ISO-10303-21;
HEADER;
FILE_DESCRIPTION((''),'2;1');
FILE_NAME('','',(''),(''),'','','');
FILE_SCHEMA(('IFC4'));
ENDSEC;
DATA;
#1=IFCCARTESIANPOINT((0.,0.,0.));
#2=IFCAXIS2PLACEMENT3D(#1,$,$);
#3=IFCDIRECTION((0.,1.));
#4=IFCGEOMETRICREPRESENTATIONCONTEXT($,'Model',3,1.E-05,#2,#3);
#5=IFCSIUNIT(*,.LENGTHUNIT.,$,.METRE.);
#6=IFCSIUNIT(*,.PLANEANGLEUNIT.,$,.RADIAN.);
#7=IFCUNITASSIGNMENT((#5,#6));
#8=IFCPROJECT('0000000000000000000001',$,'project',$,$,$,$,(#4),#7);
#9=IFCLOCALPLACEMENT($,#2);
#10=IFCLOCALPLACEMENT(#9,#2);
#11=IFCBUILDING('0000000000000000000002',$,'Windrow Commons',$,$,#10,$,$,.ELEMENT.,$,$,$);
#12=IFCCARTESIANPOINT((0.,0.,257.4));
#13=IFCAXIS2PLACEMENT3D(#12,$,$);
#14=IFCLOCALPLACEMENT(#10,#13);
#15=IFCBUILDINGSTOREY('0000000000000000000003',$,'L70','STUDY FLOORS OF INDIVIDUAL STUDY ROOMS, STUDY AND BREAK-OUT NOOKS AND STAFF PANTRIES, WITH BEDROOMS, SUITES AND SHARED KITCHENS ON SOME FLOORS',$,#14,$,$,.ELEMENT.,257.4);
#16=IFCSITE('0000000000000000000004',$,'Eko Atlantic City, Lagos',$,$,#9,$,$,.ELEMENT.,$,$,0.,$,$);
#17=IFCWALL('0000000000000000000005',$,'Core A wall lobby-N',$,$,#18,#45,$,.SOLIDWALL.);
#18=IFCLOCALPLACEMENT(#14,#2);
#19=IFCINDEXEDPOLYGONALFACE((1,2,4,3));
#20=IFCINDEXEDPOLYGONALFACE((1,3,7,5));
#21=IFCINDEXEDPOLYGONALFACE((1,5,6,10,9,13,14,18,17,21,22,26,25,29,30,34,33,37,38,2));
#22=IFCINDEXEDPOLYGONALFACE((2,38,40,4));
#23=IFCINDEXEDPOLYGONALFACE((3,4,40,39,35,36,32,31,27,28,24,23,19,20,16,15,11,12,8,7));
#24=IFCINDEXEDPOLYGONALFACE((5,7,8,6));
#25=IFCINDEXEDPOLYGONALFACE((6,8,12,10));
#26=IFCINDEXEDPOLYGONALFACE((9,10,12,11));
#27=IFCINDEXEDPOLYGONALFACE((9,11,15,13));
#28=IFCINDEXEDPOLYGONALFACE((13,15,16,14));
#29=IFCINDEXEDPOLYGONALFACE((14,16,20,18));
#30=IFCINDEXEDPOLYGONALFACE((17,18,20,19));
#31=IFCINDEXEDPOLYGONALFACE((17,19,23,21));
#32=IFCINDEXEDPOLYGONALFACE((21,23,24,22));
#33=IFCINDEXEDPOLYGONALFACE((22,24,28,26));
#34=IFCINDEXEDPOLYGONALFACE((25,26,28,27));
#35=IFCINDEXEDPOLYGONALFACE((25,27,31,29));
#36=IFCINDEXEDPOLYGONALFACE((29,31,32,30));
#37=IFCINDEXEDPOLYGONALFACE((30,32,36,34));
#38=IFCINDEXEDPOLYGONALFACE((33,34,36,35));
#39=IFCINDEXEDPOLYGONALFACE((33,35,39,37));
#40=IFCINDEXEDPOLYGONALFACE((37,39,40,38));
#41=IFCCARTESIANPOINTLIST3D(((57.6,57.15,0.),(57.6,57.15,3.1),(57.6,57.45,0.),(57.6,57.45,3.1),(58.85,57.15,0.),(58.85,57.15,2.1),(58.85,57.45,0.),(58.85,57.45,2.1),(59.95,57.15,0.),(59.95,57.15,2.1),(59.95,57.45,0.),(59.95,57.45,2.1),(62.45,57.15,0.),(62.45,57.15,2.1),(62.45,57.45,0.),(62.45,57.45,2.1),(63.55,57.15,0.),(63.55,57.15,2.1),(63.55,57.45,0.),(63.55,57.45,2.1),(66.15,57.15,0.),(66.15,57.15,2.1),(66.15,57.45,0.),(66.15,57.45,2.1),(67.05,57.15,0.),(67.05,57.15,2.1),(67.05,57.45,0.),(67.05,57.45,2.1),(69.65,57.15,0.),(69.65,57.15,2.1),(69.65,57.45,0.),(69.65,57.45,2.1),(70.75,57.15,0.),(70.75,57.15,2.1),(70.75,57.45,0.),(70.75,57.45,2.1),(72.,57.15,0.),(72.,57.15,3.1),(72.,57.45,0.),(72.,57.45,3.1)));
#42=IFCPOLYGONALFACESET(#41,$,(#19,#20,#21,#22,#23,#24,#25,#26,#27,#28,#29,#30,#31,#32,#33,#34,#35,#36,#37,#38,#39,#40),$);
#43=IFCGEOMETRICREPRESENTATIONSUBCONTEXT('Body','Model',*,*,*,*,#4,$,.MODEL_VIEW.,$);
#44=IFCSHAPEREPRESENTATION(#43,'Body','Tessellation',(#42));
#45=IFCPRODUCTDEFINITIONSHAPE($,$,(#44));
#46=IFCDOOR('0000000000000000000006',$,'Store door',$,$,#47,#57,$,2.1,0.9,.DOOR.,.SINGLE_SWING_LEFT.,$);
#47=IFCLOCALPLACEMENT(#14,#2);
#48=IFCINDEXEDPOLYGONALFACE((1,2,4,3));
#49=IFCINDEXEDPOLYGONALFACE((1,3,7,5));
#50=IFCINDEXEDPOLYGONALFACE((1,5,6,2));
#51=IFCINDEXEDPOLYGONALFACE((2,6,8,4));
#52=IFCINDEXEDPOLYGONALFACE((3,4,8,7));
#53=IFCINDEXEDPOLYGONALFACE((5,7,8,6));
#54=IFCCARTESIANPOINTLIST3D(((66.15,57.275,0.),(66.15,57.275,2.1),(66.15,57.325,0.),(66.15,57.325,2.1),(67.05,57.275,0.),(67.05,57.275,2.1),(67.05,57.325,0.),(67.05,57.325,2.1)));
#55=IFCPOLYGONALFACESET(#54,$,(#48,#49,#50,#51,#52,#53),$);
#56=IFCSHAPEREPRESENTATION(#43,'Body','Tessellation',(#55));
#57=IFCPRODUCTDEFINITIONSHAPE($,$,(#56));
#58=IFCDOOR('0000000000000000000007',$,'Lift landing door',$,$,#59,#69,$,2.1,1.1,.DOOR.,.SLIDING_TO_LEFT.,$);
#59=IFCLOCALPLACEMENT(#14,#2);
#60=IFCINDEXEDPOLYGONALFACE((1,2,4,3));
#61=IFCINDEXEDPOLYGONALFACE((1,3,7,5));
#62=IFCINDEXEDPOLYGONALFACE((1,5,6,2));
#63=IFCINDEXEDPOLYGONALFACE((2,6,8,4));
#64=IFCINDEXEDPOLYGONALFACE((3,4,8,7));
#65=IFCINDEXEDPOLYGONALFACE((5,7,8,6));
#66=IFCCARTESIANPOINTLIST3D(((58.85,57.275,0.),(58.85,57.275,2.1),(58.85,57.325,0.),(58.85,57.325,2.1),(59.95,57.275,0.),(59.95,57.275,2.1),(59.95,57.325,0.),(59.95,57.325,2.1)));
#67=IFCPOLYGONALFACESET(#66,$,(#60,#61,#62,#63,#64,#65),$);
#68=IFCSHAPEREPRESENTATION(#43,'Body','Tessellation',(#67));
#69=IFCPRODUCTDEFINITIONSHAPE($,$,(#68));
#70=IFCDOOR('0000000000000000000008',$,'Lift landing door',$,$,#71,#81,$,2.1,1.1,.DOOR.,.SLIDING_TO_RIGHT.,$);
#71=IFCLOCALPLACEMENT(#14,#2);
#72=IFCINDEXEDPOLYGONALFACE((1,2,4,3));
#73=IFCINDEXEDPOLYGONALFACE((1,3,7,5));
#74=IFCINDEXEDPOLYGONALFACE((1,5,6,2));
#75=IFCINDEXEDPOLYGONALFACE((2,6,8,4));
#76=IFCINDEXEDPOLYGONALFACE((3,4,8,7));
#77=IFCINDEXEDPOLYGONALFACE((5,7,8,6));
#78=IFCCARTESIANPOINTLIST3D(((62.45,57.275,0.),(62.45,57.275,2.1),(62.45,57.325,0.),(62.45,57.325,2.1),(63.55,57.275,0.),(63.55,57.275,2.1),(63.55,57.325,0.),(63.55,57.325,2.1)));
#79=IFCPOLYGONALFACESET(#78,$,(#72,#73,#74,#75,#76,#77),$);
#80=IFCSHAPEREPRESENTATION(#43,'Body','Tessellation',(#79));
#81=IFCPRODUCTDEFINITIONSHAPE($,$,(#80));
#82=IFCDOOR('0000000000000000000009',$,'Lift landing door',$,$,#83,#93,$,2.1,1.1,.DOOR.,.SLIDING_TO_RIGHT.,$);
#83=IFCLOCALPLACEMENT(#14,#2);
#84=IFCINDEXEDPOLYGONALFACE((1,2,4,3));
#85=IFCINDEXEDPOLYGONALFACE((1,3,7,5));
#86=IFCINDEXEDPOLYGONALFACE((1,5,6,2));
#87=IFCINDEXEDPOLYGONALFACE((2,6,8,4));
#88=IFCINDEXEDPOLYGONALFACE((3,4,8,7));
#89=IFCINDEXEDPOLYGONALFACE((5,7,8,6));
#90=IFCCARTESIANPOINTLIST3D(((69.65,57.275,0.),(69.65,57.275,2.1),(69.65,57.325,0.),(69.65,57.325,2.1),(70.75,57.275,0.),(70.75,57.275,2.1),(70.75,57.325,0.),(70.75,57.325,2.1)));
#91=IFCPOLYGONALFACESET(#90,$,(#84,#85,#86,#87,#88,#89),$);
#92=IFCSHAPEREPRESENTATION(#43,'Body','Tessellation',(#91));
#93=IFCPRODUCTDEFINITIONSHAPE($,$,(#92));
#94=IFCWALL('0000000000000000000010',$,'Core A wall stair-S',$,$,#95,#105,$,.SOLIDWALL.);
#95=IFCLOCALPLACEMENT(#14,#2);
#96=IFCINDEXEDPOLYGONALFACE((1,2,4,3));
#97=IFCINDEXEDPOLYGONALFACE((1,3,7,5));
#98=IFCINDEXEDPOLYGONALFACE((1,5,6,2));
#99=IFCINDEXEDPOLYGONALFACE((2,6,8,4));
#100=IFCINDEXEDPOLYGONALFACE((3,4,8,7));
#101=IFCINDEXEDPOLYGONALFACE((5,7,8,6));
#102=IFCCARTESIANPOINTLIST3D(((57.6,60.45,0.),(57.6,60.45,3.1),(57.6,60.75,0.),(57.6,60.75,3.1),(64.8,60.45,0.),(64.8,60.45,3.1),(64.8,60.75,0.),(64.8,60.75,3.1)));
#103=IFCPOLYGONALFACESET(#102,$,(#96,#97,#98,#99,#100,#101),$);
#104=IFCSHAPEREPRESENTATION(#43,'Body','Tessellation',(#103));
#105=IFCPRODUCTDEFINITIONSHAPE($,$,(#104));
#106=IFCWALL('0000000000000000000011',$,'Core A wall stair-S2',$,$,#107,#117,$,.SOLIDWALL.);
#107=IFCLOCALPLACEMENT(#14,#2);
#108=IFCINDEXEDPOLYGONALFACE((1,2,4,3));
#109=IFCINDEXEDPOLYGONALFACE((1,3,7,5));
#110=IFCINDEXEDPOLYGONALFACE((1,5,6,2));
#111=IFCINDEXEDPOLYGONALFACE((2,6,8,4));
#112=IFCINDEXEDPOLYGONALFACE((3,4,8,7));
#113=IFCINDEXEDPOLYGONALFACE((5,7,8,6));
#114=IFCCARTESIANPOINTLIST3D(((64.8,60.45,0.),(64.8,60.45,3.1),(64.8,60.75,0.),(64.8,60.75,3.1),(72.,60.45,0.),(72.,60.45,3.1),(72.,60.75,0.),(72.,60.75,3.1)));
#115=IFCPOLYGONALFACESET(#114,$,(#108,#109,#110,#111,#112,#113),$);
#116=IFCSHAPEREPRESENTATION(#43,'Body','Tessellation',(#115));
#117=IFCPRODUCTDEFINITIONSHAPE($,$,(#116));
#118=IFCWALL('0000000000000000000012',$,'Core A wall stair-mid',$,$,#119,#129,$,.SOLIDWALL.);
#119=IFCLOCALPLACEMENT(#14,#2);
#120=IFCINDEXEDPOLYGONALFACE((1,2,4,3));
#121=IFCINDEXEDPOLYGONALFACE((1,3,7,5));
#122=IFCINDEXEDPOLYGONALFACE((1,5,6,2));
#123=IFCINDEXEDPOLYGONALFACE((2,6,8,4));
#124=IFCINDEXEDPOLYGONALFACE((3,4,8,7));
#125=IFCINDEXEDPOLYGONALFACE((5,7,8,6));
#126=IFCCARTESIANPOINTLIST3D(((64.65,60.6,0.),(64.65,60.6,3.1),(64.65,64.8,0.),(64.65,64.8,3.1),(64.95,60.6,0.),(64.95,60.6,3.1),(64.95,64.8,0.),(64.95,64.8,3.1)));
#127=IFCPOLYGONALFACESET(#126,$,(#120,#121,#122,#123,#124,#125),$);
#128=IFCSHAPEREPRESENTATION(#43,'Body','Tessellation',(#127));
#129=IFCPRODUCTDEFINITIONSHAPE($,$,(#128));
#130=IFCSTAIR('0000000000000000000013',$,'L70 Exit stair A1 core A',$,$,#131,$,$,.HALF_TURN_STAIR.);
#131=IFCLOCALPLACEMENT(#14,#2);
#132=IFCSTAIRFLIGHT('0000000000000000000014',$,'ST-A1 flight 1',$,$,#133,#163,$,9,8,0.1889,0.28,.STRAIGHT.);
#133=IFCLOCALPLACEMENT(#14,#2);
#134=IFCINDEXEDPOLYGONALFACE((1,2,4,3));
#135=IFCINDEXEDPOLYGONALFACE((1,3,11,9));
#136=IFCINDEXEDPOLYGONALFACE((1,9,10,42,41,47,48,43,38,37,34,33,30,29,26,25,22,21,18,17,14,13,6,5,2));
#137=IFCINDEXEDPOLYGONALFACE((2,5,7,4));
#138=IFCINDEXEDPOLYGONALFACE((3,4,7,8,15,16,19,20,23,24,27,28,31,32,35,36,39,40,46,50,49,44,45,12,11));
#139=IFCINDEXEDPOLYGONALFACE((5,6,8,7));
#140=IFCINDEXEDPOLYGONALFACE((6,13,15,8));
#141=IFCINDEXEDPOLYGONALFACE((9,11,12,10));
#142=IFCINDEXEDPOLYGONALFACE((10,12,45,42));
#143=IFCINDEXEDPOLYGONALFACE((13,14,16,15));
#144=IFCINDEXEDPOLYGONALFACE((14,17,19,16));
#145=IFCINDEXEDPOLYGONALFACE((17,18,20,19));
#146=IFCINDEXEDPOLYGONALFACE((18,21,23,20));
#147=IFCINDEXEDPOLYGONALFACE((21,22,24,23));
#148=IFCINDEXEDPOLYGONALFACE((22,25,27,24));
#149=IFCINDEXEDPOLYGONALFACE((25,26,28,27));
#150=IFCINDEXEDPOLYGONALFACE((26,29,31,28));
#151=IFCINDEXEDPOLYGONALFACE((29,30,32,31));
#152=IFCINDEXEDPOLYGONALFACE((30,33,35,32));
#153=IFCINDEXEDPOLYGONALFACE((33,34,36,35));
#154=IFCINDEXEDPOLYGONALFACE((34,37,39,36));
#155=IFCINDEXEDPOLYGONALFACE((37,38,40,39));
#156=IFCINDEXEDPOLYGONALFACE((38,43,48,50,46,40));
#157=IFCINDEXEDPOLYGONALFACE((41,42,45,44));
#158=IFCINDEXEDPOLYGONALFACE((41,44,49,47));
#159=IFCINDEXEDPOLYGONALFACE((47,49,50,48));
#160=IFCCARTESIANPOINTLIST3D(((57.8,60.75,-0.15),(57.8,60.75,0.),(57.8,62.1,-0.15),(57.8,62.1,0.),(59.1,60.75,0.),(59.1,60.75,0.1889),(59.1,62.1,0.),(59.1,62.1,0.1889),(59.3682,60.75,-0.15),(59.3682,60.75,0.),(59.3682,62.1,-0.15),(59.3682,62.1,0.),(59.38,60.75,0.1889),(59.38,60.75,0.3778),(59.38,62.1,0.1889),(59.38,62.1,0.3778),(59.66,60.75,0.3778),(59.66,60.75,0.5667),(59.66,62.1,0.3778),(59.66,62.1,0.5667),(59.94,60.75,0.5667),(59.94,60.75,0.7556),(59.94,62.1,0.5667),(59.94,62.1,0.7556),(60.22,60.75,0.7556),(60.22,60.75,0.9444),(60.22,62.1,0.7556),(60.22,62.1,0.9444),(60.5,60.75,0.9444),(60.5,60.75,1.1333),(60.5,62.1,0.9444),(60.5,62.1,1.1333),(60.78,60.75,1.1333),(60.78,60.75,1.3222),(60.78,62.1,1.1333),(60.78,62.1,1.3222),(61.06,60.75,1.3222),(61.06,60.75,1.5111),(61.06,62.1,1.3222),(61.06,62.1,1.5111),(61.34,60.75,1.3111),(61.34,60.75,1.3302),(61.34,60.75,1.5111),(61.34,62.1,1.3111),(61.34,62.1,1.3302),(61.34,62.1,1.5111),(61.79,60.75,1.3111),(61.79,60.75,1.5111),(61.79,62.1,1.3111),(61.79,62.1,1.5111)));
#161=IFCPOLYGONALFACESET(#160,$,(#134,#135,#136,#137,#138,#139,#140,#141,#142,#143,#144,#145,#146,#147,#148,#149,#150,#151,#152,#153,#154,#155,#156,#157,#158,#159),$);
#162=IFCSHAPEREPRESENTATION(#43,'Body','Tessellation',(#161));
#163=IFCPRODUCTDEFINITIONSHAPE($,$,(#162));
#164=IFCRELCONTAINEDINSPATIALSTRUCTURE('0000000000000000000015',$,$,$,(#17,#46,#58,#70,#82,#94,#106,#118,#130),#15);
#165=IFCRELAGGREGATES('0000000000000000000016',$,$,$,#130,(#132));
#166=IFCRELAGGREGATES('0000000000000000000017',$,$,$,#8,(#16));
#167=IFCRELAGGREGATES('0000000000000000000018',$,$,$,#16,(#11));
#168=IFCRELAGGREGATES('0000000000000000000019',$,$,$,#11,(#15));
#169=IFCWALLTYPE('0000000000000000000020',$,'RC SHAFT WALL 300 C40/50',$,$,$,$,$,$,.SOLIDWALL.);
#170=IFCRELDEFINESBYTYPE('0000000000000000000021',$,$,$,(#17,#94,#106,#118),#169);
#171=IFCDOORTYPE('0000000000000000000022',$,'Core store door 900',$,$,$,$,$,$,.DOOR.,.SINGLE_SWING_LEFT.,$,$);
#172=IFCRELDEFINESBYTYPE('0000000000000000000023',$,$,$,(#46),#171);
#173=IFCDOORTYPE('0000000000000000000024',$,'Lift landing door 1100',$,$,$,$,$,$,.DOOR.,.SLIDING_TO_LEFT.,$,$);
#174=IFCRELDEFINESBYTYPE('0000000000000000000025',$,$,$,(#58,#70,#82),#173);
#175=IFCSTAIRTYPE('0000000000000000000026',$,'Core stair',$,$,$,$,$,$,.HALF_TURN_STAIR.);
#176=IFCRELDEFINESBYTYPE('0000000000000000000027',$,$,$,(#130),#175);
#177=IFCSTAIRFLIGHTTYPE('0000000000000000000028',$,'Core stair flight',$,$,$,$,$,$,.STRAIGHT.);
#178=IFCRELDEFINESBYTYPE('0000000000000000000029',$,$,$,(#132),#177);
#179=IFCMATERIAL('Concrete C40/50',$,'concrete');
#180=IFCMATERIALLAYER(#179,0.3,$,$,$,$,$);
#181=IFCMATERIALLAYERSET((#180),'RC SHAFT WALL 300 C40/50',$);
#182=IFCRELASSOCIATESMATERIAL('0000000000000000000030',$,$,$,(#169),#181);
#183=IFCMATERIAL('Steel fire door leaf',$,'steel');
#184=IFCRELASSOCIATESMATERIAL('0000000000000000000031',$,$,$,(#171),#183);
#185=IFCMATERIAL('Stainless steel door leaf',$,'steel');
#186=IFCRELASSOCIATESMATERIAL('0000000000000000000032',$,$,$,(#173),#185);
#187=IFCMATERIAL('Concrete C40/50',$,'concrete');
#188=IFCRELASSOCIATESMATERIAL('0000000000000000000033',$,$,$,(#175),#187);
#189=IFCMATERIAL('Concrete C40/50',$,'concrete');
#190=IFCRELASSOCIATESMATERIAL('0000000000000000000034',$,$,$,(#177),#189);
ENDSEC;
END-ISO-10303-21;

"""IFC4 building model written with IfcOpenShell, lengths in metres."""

from ifc_helpers import new_model, si_unit, direction, frame, frame_2d, origin, place, context, subcontext, project, spatial, polyline, rectangle, outline, extrude, material, layer, layer_set, type_object, element, fill, aggregate, save


model = new_model("IFC4")

# Units and contexts
model_context = context("Model", 3, precision=1e-05, world=origin(), true_north=direction((0.0, 1.0)))
body_context = subcontext(model_context, "Body", "Model", "MODEL_VIEW")
ifc_project = project(units=[si_unit("LENGTHUNIT", "METRE"), si_unit("PLANEANGLEUNIT", "RADIAN")], contexts=[model_context])

# Site, building, storey
site_placement = place(None, origin())
site = spatial("IfcSite", under=ifc_project, at=site_placement, Name="Eko Atlantic City, Lagos", CompositionType="ELEMENT", RefElevation=0.0)
building_placement = place(site_placement, origin())
building = spatial("IfcBuilding", under=site, at=building_placement, Name="Windrow Commons", CompositionType="ELEMENT")
storey_placement = place(building_placement, frame((0.0, 0.0, 257.4)))
storey = spatial("IfcBuildingStorey", under=building, at=storey_placement, Name="L70", Description="STUDY FLOORS OF INDIVIDUAL STUDY ROOMS, STUDY AND BREAK-OUT NOOKS AND STAFF PANTRIES, WITH BEDROOMS, SUITES AND SHARED KITCHENS ON SOME FLOORS", CompositionType="ELEMENT", Elevation=257.4)

# Shared definitions
ifc_material_1 = material(Name="Concrete C40/50", Category="concrete")
ifc_layer_1 = layer(ifc_material_1, 0.3)
ifc_layer_set_1 = layer_set([ifc_layer_1], Name="RC SHAFT WALL 300 C40/50")
wall_type_1 = type_object("IfcWallType", Name="RC SHAFT WALL 300 C40/50", PredefinedType="SOLIDWALL", material=ifc_layer_set_1)

# Wall, openings, doors
ifc_material_2 = material(Name="Steel fire door leaf", Category="steel")
door_type_1 = type_object("IfcDoorType", Name="Core store door 900", OperationType="SINGLE_SWING_LEFT", PredefinedType="DOOR", material=ifc_material_2)
ifc_material_3 = material(Name="Stainless steel door leaf", Category="steel")
door_type_2 = type_object("IfcDoorType", Name="Lift landing door 1100", OperationType="SLIDING_TO_LEFT", PredefinedType="DOOR", material=ifc_material_3)
wall_1_placement = place(storey_placement, frame((57.6, 57.3, 0.0), z_axis=(0.0, 0.0, 1.0), x_axis=(1.0, 0.0, 0.0)))
wall_1 = element("IfcWall", 1, at=wall_1_placement, inside=storey, type_object=wall_type_1, Name="Core A wall lobby-N", PredefinedType="SOLIDWALL", context=body_context, shape_type="SweptSolid", body=[
    extrude(rectangle(XDim=14.4, YDim=0.3, at=frame_2d((7.2, 0.0))), origin(), (0.0, 0.0, 1.0), 3.1),
])
opening_1_placement = place(wall_1_placement, frame((8.55, 0.0, 0.0)))
opening_1 = element("IfcOpeningElement", 2, at=opening_1_placement, cuts=wall_1, PredefinedType="OPENING", context=body_context, shape_type="SweptSolid", body=[
    extrude(rectangle(XDim=0.9, YDim=2.1, at=frame_2d((0.45, 1.05))), frame((0.0, 0.16, 0.0), z_axis=(0.0, -1.0, 0.0), x_axis=(1.0, 0.0, 0.0)), (0.0, 0.0, 1.0), 0.32),
])
opening_2_placement = place(wall_1_placement, frame((1.25, 0.0, 0.0)))
opening_2 = element("IfcOpeningElement", 3, at=opening_2_placement, cuts=wall_1, PredefinedType="OPENING", context=body_context, shape_type="SweptSolid", body=[
    extrude(rectangle(XDim=1.1, YDim=2.1, at=frame_2d((0.55, 1.05))), frame((0.0, 0.16, 0.0), z_axis=(0.0, -1.0, 0.0), x_axis=(1.0, 0.0, 0.0)), (0.0, 0.0, 1.0), 0.32),
])
opening_3_placement = place(wall_1_placement, frame((4.85, 0.0, 0.0)))
opening_3 = element("IfcOpeningElement", 4, at=opening_3_placement, cuts=wall_1, PredefinedType="OPENING", context=body_context, shape_type="SweptSolid", body=[
    extrude(rectangle(XDim=1.1, YDim=2.1, at=frame_2d((0.55, 1.05))), frame((0.0, 0.16, 0.0), z_axis=(0.0, -1.0, 0.0), x_axis=(1.0, 0.0, 0.0)), (0.0, 0.0, 1.0), 0.32),
])
opening_4_placement = place(wall_1_placement, frame((12.05, 0.0, 0.0)))
opening_4 = element("IfcOpeningElement", 5, at=opening_4_placement, cuts=wall_1, PredefinedType="OPENING", context=body_context, shape_type="SweptSolid", body=[
    extrude(rectangle(XDim=1.1, YDim=2.1, at=frame_2d((0.55, 1.05))), frame((0.0, 0.16, 0.0), z_axis=(0.0, -1.0, 0.0), x_axis=(1.0, 0.0, 0.0)), (0.0, 0.0, 1.0), 0.32),
])
door_1_placement = place(opening_1_placement, origin())
door_1 = element("IfcDoor", 6, at=door_1_placement, inside=storey, type_object=door_type_1, Name="Store door", OperationType="SINGLE_SWING_LEFT", OverallHeight=2.1, OverallWidth=0.9, PredefinedType="DOOR", context=body_context, shape_type="SweptSolid", body=[
    extrude(rectangle(XDim=0.9, YDim=2.1, at=frame_2d((0.45, 1.05))), frame((0.0, 0.025, 0.0), z_axis=(0.0, -1.0, 0.0), x_axis=(1.0, 0.0, 0.0)), (0.0, 0.0, 1.0), 0.05),
])
fill(opening_1, door_1)
door_2_placement = place(opening_2_placement, origin())
door_2 = element("IfcDoor", 7, at=door_2_placement, inside=storey, type_object=door_type_2, Name="Lift landing door", OperationType="SLIDING_TO_LEFT", OverallHeight=2.1, OverallWidth=1.1, PredefinedType="DOOR", context=body_context, shape_type="SweptSolid", body=[
    extrude(rectangle(XDim=1.1, YDim=2.1, at=frame_2d((0.55, 1.05))), frame((0.0, 0.025, 0.0), z_axis=(0.0, -1.0, 0.0), x_axis=(1.0, 0.0, 0.0)), (0.0, 0.0, 1.0), 0.05),
])
fill(opening_2, door_2)
door_3_placement = place(opening_3_placement, origin())
door_3 = element("IfcDoor", 8, at=door_3_placement, inside=storey, type_object=door_type_2, Name="Lift landing door", OperationType="SLIDING_TO_RIGHT", OverallHeight=2.1, OverallWidth=1.1, PredefinedType="DOOR", context=body_context, shape_type="SweptSolid", body=[
    extrude(rectangle(XDim=1.1, YDim=2.1, at=frame_2d((0.55, 1.05))), frame((0.0, 0.025, 0.0), z_axis=(0.0, -1.0, 0.0), x_axis=(1.0, 0.0, 0.0)), (0.0, 0.0, 1.0), 0.05),
])
fill(opening_3, door_3)
door_4_placement = place(opening_4_placement, origin())
door_4 = element("IfcDoor", 9, at=door_4_placement, inside=storey, type_object=door_type_2, Name="Lift landing door", OperationType="SLIDING_TO_RIGHT", OverallHeight=2.1, OverallWidth=1.1, PredefinedType="DOOR", context=body_context, shape_type="SweptSolid", body=[
    extrude(rectangle(XDim=1.1, YDim=2.1, at=frame_2d((0.55, 1.05))), frame((0.0, 0.025, 0.0), z_axis=(0.0, -1.0, 0.0), x_axis=(1.0, 0.0, 0.0)), (0.0, 0.0, 1.0), 0.05),
])
fill(opening_4, door_4)

# Walls
for number, where, z_axis, x_axis, name in (
    (10, (57.6, 60.6, 0.0), (0.0, 0.0, 1.0), (1.0, 0.0, 0.0), "Core A wall stair-S"),
    (11, (64.8, 60.6, 0.0), (0.0, 0.0, 1.0), (1.0, 0.0, 0.0), "Core A wall stair-S2"),
):
    element("IfcWall", number, at=place(storey_placement, frame(where, z_axis=z_axis, x_axis=x_axis)), inside=storey, type_object=wall_type_1, Name=name, PredefinedType="SOLIDWALL", context=body_context, shape_type="SweptSolid", body=[
        extrude(rectangle(XDim=7.2, YDim=0.3, at=frame_2d((3.6, 0.0))), origin(), (0.0, 0.0, 1.0), 3.1),
    ])
wall_2_placement = place(storey_placement, frame((64.8, 60.6, 0.0), z_axis=(0.0, 0.0, 1.0), x_axis=(0.0, 1.0, 0.0)))
element("IfcWall", 12, at=wall_2_placement, inside=storey, type_object=wall_type_1, Name="Core A wall stair-mid", PredefinedType="SOLIDWALL", context=body_context, shape_type="SweptSolid", body=[
    extrude(rectangle(XDim=4.2, YDim=0.3, at=frame_2d((2.1, 0.0))), origin(), (0.0, 0.0, 1.0), 3.1),
])

# Stair, stair flight
ifc_material_4 = material(Name="Concrete C40/50", Category="concrete")
stair_type = type_object("IfcStairType", Name="Core stair", PredefinedType="HALF_TURN_STAIR", material=ifc_material_4)
placement = place(storey_placement, origin())
stair_1 = element("IfcStair", 13, at=placement, inside=storey, type_object=stair_type, Name="L70 Exit stair A1 core A", PredefinedType="HALF_TURN_STAIR")
ifc_material_5 = material(Name="Concrete C40/50", Category="concrete")
stair_flight_type = type_object("IfcStairFlightType", Name="Core stair flight", PredefinedType="STRAIGHT", material=ifc_material_5)
stair_flight_1_placement = place(storey_placement, frame((59.1, 61.425, 0.0), z_axis=(0.0, 0.0, 1.0), x_axis=(1.0, 0.0, 0.0)))
stair_flight_1 = element("IfcStairFlight", 14, at=stair_flight_1_placement, type_object=stair_flight_type, Name="ST-A1 flight 1", NumberOfRisers=9, NumberOfTreads=8, PredefinedType="STRAIGHT", RiserHeight=0.1889, TreadLength=0.28, context=body_context, shape_type="SweptSolid", body=[
    extrude(outline(polyline([(-1.3, -0.15), (-1.3, 0.0), (0.0, 0.0), (0.0, 0.1889), (0.28, 0.1889), (0.28, 0.3778), (0.56, 0.3778), (0.56, 0.5667), (0.84, 0.5667), (0.84, 0.7556), (1.12, 0.7556), (1.12, 0.9444), (1.4, 0.9444), (1.4, 1.1333), (1.68, 1.1333), (1.68, 1.3222), (1.96, 1.3222), (1.96, 1.5111), (2.24, 1.5111), (2.69, 1.5111), (2.69, 1.3111), (2.24, 1.3111), (2.24, 1.3302), (0.2682, 0.0), (0.2682, -0.15), (-1.3, -0.15)])), frame((0.0, 0.675, 0.0), z_axis=(0.0, -1.0, 0.0), x_axis=(1.0, 0.0, 0.0)), (0.0, 0.0, 1.0), 1.35),
])
aggregate(stair_1, [stair_flight_1])

save(model, "model.ifc")
